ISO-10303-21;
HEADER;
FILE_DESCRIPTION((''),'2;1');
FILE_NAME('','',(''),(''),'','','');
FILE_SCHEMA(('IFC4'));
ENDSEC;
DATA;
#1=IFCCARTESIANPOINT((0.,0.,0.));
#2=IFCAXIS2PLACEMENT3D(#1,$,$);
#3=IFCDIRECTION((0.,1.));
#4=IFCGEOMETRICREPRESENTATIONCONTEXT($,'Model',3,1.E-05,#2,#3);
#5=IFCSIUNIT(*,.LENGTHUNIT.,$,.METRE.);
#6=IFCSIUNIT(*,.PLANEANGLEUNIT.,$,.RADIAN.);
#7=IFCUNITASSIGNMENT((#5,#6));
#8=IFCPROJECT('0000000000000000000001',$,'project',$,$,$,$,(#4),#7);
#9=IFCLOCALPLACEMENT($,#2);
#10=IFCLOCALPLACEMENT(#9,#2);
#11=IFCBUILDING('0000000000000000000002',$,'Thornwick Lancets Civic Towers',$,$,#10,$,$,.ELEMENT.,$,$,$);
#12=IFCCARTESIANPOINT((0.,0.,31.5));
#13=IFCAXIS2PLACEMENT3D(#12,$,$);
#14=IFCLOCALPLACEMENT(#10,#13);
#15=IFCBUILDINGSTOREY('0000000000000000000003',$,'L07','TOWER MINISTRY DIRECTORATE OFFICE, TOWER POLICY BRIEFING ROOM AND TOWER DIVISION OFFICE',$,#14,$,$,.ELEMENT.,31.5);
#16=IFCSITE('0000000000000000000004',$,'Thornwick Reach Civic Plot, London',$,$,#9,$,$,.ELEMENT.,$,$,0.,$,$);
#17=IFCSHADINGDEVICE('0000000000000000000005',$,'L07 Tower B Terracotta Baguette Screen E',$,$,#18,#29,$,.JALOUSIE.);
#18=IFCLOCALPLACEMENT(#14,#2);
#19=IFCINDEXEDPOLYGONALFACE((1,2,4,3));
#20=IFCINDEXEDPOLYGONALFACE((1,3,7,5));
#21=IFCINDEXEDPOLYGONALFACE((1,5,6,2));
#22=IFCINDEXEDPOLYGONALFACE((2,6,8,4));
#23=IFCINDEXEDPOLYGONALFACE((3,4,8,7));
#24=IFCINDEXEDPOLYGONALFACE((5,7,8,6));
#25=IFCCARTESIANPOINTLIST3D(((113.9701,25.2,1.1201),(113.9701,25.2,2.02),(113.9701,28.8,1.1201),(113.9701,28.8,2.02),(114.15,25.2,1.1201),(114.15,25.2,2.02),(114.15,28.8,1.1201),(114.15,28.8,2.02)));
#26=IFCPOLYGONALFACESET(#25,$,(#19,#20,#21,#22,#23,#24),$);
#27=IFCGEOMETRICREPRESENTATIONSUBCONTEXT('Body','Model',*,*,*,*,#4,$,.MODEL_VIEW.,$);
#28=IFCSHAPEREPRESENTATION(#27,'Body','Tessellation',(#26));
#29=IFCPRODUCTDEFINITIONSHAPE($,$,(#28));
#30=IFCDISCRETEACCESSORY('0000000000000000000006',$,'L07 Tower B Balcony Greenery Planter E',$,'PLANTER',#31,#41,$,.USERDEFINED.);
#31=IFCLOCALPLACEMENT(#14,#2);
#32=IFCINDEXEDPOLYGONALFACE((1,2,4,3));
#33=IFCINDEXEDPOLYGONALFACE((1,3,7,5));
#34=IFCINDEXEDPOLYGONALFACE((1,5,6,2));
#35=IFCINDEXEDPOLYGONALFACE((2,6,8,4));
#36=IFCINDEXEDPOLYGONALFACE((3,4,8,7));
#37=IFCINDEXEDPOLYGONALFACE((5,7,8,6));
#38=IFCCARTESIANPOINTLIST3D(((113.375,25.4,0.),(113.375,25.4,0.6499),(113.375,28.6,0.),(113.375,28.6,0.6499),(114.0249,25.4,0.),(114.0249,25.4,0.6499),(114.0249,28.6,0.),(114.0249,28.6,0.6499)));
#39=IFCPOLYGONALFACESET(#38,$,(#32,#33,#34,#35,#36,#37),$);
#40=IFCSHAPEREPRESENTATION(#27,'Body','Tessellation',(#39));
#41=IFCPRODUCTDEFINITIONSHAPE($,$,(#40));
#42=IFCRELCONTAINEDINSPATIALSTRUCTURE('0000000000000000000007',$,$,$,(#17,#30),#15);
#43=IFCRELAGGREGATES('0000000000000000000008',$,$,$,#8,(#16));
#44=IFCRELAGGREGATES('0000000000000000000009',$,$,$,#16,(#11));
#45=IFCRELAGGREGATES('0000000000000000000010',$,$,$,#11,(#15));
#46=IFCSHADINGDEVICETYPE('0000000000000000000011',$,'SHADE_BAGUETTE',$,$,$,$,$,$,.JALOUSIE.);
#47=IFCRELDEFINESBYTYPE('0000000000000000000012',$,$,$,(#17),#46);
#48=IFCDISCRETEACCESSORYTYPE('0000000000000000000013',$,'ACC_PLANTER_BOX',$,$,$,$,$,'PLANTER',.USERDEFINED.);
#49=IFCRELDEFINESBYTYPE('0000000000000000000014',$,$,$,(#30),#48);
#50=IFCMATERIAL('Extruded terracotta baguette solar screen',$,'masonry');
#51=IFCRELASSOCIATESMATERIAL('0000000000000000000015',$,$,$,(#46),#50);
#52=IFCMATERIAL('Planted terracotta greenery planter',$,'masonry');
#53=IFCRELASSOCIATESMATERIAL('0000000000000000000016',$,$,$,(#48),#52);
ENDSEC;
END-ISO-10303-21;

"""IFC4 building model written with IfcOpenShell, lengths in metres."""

from ifc_helpers import new_model, si_unit, direction, frame, origin, origin_2d, place, context, subcontext, project, spatial, rectangle, extrude, material, type_object, element, save


model = new_model("IFC4")

# Units and contexts
model_context = context("Model", 3, precision=1e-05, world=origin(), true_north=direction((0.0, 1.0)))
body_context = subcontext(model_context, "Body", "Model", "MODEL_VIEW")
ifc_project = project(units=[si_unit("LENGTHUNIT", "METRE"), si_unit("PLANEANGLEUNIT", "RADIAN")], contexts=[model_context])

# Site, building, storey
site_placement = place(None, origin())
site = spatial("IfcSite", under=ifc_project, at=site_placement, Name="Thornwick Reach Civic Plot, London", CompositionType="ELEMENT", RefElevation=0.0)
building_placement = place(site_placement, origin())
building = spatial("IfcBuilding", under=site, at=building_placement, Name="Thornwick Lancets Civic Towers", CompositionType="ELEMENT")
storey_placement = place(building_placement, frame((0.0, 0.0, 31.5)))
storey = spatial("IfcBuildingStorey", under=building, at=storey_placement, Name="L07", Description="TOWER MINISTRY DIRECTORATE OFFICE, TOWER POLICY BRIEFING ROOM AND TOWER DIVISION OFFICE", CompositionType="ELEMENT", Elevation=31.5)

# Shading device
ifc_material_1 = material(Name="Extruded terracotta baguette solar screen", Category="masonry")
shading_device_type = type_object("IfcShadingDeviceType", Name="SHADE_BAGUETTE", PredefinedType="JALOUSIE", material=ifc_material_1)
shading_device_placement = place(storey_placement, frame((114.0601, 27.0, 1.1201), z_axis=(0.0, 0.0, 1.0), x_axis=(0.0, 1.0, 0.0)))
element("IfcShadingDevice", 1, at=shading_device_placement, inside=storey, type_object=shading_device_type, Name="L07 Tower B Terracotta Baguette Screen E", PredefinedType="JALOUSIE", context=body_context, shape_type="SweptSolid", body=[
    extrude(rectangle(XDim=3.6001, YDim=0.1799, at=origin_2d()), origin(), (0.0, 0.0, 1.0), 0.8999),
])

# Discrete accessory
ifc_material_2 = material(Name="Planted terracotta greenery planter", Category="masonry")
discrete_accessory_type = type_object("IfcDiscreteAccessoryType", Name="ACC_PLANTER_BOX", ElementType="PLANTER", PredefinedType="USERDEFINED", material=ifc_material_2)
discrete_accessory_placement = place(storey_placement, frame((113.7, 27.0, 0.0), z_axis=(0.0, 0.0, 1.0), x_axis=(1.0, 0.0, 0.0)))
element("IfcDiscreteAccessory", 2, at=discrete_accessory_placement, inside=storey, type_object=discrete_accessory_type, Name="L07 Tower B Balcony Greenery Planter E", ObjectType="PLANTER", PredefinedType="USERDEFINED", context=body_context, shape_type="SweptSolid", body=[
    extrude(rectangle(XDim=0.6499, YDim=3.2, at=origin_2d()), origin(), (0.0, 0.0, 1.0), 0.6499),
])

save(model, "model.ifc")
